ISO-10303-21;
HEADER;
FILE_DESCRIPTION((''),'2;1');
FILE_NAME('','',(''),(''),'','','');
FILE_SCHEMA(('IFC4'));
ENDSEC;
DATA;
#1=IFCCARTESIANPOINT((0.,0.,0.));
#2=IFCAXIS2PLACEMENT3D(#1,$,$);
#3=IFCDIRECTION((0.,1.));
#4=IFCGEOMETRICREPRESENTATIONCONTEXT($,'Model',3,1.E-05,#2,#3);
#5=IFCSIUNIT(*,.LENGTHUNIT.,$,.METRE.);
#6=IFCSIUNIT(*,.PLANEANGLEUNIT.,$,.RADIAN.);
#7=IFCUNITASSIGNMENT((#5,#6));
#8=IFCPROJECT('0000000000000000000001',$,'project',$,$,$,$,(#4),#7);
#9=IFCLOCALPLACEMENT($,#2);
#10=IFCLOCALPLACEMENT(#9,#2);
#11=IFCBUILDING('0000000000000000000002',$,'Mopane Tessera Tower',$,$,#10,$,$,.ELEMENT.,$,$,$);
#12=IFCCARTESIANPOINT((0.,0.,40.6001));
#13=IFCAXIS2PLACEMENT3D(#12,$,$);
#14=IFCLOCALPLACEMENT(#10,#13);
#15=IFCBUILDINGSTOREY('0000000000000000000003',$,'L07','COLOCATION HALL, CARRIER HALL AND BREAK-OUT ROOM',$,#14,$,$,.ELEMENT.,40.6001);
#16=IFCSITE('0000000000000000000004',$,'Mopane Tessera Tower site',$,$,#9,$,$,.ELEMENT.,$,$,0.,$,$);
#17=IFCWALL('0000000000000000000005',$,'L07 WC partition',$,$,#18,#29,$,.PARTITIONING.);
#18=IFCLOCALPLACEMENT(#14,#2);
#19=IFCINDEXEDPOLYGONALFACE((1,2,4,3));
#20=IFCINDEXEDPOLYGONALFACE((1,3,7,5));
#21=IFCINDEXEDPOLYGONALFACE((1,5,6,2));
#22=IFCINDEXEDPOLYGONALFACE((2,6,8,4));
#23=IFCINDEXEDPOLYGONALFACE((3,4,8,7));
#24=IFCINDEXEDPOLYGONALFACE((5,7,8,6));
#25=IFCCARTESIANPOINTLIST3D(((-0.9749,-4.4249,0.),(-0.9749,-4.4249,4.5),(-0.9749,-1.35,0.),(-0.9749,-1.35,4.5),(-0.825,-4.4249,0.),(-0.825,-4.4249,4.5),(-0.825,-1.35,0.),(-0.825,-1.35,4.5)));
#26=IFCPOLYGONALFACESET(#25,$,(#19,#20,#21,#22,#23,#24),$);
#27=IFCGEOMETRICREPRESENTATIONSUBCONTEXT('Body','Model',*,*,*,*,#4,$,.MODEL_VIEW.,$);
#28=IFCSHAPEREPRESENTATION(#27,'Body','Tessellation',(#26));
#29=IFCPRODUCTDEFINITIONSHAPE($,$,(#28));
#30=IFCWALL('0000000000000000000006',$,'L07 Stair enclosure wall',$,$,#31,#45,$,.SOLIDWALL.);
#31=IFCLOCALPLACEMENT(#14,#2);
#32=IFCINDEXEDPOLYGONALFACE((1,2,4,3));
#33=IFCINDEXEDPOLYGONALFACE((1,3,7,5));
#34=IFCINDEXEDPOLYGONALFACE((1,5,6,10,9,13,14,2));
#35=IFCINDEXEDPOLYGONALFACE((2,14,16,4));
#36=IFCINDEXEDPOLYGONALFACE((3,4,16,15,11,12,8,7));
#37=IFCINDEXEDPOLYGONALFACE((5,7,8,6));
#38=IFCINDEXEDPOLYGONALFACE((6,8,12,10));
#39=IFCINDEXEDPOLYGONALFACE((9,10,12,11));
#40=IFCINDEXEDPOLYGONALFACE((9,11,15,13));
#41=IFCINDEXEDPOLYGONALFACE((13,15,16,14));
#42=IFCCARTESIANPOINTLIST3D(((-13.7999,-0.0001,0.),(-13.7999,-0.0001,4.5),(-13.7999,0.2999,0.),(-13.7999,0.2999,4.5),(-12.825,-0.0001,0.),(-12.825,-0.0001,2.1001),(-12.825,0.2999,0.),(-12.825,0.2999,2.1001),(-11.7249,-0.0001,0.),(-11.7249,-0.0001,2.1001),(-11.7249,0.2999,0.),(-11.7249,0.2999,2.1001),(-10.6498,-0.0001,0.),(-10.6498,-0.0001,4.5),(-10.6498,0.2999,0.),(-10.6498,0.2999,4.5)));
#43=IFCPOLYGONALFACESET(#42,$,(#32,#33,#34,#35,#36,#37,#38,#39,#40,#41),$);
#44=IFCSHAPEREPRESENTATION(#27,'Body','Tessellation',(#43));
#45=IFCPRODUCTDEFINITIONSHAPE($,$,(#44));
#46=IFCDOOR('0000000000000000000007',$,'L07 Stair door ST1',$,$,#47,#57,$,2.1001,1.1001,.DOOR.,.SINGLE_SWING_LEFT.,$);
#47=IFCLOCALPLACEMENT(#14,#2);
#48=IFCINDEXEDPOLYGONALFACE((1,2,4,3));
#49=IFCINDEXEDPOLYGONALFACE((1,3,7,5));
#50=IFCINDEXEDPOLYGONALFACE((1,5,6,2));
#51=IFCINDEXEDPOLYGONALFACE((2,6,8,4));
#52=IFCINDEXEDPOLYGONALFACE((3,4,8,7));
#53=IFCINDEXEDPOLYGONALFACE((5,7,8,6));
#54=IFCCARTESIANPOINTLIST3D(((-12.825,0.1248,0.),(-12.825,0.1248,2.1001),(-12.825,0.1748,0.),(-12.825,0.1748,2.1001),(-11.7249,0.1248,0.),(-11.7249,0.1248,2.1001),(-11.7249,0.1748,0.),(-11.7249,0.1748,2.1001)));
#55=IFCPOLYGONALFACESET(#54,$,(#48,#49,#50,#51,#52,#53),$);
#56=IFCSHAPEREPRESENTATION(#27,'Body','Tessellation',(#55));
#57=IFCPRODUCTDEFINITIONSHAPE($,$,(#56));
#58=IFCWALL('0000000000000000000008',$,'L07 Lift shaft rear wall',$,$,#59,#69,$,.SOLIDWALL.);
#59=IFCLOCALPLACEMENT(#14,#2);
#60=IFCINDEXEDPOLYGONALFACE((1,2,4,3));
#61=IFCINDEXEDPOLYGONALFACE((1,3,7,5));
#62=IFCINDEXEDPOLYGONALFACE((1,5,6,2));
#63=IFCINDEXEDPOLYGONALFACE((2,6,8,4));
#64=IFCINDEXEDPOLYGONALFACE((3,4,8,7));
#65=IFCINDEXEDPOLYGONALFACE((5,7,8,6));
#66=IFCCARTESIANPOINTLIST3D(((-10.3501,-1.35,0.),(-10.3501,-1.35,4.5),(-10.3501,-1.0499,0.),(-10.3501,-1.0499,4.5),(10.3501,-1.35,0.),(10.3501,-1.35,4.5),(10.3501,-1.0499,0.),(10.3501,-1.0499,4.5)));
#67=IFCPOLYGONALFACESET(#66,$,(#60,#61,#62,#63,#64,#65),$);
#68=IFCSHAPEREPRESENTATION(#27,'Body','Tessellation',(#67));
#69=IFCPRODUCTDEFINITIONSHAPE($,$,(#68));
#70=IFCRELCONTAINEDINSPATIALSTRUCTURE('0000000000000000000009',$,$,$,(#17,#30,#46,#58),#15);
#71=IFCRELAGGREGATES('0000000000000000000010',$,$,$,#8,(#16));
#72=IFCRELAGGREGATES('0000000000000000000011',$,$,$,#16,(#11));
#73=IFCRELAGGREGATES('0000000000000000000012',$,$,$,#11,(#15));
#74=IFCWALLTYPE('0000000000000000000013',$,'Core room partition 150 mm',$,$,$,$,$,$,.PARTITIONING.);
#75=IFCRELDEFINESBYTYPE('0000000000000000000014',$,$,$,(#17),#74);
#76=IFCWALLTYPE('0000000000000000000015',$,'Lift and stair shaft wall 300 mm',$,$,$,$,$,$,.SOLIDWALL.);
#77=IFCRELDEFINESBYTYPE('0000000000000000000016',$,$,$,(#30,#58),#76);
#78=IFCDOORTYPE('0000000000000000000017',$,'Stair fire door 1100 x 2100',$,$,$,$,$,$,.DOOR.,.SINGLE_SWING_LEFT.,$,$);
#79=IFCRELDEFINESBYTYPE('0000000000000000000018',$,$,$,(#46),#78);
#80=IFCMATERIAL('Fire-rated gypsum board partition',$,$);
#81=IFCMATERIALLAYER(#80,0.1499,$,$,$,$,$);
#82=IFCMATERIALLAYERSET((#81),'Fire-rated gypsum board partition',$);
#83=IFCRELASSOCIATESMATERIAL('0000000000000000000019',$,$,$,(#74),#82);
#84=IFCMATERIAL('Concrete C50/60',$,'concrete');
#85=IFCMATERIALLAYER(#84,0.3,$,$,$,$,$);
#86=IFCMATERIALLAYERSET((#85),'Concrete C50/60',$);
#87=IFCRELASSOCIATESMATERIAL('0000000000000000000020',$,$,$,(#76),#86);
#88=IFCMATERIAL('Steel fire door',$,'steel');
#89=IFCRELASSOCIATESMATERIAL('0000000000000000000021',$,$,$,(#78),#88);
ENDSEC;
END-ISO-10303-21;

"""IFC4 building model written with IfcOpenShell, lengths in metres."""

from ifc_helpers import new_model, si_unit, direction, frame, frame_2d, origin, place, context, subcontext, project, spatial, rectangle, extrude, material, layer, layer_set, type_object, element, fill, save


model = new_model("IFC4")

# Units and contexts
model_context = context("Model", 3, precision=1e-05, world=origin(), true_north=direction((0.0, 1.0)))
body_context = subcontext(model_context, "Body", "Model", "MODEL_VIEW")
ifc_project = project(units=[si_unit("LENGTHUNIT", "METRE"), si_unit("PLANEANGLEUNIT", "RADIAN")], contexts=[model_context])

# Site, building, storey
site_placement = place(None, origin())
site = spatial("IfcSite", under=ifc_project, at=site_placement, Name="Mopane Tessera Tower site", CompositionType="ELEMENT", RefElevation=0.0)
building_placement = place(site_placement, origin())
building = spatial("IfcBuilding", under=site, at=building_placement, Name="Mopane Tessera Tower", CompositionType="ELEMENT")
storey_placement = place(building_placement, frame((0.0, 0.0, 40.6001)))
storey = spatial("IfcBuildingStorey", under=building, at=storey_placement, Name="L07", Description="COLOCATION HALL, CARRIER HALL AND BREAK-OUT ROOM", CompositionType="ELEMENT", Elevation=40.6001)

# Shared definitions
ifc_material_1 = material(Name="Fire-rated gypsum board partition")
ifc_layer_1 = layer(ifc_material_1, 0.1499)
ifc_layer_set_1 = layer_set([ifc_layer_1], Name="Fire-rated gypsum board partition")
wall_type_1 = type_object("IfcWallType", Name="Core room partition 150 mm", PredefinedType="PARTITIONING", material=ifc_layer_set_1)

# Wall
for number, where, z_axis, x_axis, name in (
    (1, (-0.8999, -4.425, 0.0), (0.0, 0.0, 1.0), (0.0, 1.0, 0.0), "L07 WC partition"),
):
    element("IfcWall", number, at=place(storey_placement, frame(where, z_axis=z_axis, x_axis=x_axis)), inside=storey, type_object=wall_type_1, Name=name, PredefinedType="PARTITIONING", context=body_context, shape_type="SweptSolid", body=[
        extrude(rectangle(XDim=3.075, YDim=0.1499, at=frame_2d((1.5376, 0.0))), origin(), (0.0, 0.0, 1.0), 4.5),
    ])

# Wall, opening, door
ifc_material_2 = material(Name="Concrete C50/60", Category="concrete")
ifc_layer_2 = layer(ifc_material_2, 0.3)
ifc_layer_set_2 = layer_set([ifc_layer_2], Name="Concrete C50/60")
wall_type_2 = type_object("IfcWallType", Name="Lift and stair shaft wall 300 mm", PredefinedType="SOLIDWALL", material=ifc_layer_set_2)
wall_1_placement = place(storey_placement, frame((-13.8, 0.1499, 0.0), z_axis=(0.0, 0.0, 1.0), x_axis=(1.0, 0.0, 0.0)))
wall_1 = element("IfcWall", 2, at=wall_1_placement, inside=storey, type_object=wall_type_2, Name="L07 Stair enclosure wall", PredefinedType="SOLIDWALL", context=body_context, shape_type="SweptSolid", body=[
    extrude(rectangle(XDim=3.1501, YDim=0.3, at=frame_2d((1.5752, 0.0))), origin(), (0.0, 0.0, 1.0), 4.5),
])
opening_1_placement = place(wall_1_placement, frame((0.9751, 0.0, 0.0)))
opening_1 = element("IfcOpeningElement", 3, at=opening_1_placement, cuts=wall_1, PredefinedType="OPENING", context=body_context, shape_type="SweptSolid", body=[
    extrude(rectangle(XDim=1.1001, YDim=2.1001, at=frame_2d((0.55, 1.05))), frame((0.0, 0.1621, 0.0), z_axis=(0.0, -1.0, 0.0), x_axis=(1.0, 0.0, 0.0)), (0.0, 0.0, 1.0), 0.324),
])
ifc_material_3 = material(Name="Steel fire door", Category="steel")
door_type_1 = type_object("IfcDoorType", Name="Stair fire door 1100 x 2100", OperationType="SINGLE_SWING_LEFT", PredefinedType="DOOR", material=ifc_material_3)
door_1_placement = place(opening_1_placement, origin())
door_1 = element("IfcDoor", 4, at=door_1_placement, inside=storey, type_object=door_type_1, Name="L07 Stair door ST1", OperationType="SINGLE_SWING_LEFT", OverallHeight=2.1001, OverallWidth=1.1001, PredefinedType="DOOR", context=body_context, shape_type="SweptSolid", body=[
    extrude(rectangle(XDim=1.1001, YDim=2.1001, at=frame_2d((0.55, 1.05))), frame((0.0, 0.0249, 0.0), z_axis=(0.0, -1.0, 0.0), x_axis=(1.0, 0.0, 0.0)), (0.0, 0.0, 1.0), 0.05),
])
fill(opening_1, door_1)

# Wall
wall_2_placement = place(storey_placement, frame((-10.3501, -1.2, 0.0), z_axis=(0.0, 0.0, 1.0), x_axis=(1.0, 0.0, 0.0)))
element("IfcWall", 5, at=wall_2_placement, inside=storey, type_object=wall_type_2, Name="L07 Lift shaft rear wall", PredefinedType="SOLIDWALL", context=body_context, shape_type="SweptSolid", body=[
    extrude(rectangle(XDim=20.7002, YDim=0.3, at=frame_2d((10.3501, 0.0))), origin(), (0.0, 0.0, 1.0), 4.5),
])

save(model, "model.ifc")
